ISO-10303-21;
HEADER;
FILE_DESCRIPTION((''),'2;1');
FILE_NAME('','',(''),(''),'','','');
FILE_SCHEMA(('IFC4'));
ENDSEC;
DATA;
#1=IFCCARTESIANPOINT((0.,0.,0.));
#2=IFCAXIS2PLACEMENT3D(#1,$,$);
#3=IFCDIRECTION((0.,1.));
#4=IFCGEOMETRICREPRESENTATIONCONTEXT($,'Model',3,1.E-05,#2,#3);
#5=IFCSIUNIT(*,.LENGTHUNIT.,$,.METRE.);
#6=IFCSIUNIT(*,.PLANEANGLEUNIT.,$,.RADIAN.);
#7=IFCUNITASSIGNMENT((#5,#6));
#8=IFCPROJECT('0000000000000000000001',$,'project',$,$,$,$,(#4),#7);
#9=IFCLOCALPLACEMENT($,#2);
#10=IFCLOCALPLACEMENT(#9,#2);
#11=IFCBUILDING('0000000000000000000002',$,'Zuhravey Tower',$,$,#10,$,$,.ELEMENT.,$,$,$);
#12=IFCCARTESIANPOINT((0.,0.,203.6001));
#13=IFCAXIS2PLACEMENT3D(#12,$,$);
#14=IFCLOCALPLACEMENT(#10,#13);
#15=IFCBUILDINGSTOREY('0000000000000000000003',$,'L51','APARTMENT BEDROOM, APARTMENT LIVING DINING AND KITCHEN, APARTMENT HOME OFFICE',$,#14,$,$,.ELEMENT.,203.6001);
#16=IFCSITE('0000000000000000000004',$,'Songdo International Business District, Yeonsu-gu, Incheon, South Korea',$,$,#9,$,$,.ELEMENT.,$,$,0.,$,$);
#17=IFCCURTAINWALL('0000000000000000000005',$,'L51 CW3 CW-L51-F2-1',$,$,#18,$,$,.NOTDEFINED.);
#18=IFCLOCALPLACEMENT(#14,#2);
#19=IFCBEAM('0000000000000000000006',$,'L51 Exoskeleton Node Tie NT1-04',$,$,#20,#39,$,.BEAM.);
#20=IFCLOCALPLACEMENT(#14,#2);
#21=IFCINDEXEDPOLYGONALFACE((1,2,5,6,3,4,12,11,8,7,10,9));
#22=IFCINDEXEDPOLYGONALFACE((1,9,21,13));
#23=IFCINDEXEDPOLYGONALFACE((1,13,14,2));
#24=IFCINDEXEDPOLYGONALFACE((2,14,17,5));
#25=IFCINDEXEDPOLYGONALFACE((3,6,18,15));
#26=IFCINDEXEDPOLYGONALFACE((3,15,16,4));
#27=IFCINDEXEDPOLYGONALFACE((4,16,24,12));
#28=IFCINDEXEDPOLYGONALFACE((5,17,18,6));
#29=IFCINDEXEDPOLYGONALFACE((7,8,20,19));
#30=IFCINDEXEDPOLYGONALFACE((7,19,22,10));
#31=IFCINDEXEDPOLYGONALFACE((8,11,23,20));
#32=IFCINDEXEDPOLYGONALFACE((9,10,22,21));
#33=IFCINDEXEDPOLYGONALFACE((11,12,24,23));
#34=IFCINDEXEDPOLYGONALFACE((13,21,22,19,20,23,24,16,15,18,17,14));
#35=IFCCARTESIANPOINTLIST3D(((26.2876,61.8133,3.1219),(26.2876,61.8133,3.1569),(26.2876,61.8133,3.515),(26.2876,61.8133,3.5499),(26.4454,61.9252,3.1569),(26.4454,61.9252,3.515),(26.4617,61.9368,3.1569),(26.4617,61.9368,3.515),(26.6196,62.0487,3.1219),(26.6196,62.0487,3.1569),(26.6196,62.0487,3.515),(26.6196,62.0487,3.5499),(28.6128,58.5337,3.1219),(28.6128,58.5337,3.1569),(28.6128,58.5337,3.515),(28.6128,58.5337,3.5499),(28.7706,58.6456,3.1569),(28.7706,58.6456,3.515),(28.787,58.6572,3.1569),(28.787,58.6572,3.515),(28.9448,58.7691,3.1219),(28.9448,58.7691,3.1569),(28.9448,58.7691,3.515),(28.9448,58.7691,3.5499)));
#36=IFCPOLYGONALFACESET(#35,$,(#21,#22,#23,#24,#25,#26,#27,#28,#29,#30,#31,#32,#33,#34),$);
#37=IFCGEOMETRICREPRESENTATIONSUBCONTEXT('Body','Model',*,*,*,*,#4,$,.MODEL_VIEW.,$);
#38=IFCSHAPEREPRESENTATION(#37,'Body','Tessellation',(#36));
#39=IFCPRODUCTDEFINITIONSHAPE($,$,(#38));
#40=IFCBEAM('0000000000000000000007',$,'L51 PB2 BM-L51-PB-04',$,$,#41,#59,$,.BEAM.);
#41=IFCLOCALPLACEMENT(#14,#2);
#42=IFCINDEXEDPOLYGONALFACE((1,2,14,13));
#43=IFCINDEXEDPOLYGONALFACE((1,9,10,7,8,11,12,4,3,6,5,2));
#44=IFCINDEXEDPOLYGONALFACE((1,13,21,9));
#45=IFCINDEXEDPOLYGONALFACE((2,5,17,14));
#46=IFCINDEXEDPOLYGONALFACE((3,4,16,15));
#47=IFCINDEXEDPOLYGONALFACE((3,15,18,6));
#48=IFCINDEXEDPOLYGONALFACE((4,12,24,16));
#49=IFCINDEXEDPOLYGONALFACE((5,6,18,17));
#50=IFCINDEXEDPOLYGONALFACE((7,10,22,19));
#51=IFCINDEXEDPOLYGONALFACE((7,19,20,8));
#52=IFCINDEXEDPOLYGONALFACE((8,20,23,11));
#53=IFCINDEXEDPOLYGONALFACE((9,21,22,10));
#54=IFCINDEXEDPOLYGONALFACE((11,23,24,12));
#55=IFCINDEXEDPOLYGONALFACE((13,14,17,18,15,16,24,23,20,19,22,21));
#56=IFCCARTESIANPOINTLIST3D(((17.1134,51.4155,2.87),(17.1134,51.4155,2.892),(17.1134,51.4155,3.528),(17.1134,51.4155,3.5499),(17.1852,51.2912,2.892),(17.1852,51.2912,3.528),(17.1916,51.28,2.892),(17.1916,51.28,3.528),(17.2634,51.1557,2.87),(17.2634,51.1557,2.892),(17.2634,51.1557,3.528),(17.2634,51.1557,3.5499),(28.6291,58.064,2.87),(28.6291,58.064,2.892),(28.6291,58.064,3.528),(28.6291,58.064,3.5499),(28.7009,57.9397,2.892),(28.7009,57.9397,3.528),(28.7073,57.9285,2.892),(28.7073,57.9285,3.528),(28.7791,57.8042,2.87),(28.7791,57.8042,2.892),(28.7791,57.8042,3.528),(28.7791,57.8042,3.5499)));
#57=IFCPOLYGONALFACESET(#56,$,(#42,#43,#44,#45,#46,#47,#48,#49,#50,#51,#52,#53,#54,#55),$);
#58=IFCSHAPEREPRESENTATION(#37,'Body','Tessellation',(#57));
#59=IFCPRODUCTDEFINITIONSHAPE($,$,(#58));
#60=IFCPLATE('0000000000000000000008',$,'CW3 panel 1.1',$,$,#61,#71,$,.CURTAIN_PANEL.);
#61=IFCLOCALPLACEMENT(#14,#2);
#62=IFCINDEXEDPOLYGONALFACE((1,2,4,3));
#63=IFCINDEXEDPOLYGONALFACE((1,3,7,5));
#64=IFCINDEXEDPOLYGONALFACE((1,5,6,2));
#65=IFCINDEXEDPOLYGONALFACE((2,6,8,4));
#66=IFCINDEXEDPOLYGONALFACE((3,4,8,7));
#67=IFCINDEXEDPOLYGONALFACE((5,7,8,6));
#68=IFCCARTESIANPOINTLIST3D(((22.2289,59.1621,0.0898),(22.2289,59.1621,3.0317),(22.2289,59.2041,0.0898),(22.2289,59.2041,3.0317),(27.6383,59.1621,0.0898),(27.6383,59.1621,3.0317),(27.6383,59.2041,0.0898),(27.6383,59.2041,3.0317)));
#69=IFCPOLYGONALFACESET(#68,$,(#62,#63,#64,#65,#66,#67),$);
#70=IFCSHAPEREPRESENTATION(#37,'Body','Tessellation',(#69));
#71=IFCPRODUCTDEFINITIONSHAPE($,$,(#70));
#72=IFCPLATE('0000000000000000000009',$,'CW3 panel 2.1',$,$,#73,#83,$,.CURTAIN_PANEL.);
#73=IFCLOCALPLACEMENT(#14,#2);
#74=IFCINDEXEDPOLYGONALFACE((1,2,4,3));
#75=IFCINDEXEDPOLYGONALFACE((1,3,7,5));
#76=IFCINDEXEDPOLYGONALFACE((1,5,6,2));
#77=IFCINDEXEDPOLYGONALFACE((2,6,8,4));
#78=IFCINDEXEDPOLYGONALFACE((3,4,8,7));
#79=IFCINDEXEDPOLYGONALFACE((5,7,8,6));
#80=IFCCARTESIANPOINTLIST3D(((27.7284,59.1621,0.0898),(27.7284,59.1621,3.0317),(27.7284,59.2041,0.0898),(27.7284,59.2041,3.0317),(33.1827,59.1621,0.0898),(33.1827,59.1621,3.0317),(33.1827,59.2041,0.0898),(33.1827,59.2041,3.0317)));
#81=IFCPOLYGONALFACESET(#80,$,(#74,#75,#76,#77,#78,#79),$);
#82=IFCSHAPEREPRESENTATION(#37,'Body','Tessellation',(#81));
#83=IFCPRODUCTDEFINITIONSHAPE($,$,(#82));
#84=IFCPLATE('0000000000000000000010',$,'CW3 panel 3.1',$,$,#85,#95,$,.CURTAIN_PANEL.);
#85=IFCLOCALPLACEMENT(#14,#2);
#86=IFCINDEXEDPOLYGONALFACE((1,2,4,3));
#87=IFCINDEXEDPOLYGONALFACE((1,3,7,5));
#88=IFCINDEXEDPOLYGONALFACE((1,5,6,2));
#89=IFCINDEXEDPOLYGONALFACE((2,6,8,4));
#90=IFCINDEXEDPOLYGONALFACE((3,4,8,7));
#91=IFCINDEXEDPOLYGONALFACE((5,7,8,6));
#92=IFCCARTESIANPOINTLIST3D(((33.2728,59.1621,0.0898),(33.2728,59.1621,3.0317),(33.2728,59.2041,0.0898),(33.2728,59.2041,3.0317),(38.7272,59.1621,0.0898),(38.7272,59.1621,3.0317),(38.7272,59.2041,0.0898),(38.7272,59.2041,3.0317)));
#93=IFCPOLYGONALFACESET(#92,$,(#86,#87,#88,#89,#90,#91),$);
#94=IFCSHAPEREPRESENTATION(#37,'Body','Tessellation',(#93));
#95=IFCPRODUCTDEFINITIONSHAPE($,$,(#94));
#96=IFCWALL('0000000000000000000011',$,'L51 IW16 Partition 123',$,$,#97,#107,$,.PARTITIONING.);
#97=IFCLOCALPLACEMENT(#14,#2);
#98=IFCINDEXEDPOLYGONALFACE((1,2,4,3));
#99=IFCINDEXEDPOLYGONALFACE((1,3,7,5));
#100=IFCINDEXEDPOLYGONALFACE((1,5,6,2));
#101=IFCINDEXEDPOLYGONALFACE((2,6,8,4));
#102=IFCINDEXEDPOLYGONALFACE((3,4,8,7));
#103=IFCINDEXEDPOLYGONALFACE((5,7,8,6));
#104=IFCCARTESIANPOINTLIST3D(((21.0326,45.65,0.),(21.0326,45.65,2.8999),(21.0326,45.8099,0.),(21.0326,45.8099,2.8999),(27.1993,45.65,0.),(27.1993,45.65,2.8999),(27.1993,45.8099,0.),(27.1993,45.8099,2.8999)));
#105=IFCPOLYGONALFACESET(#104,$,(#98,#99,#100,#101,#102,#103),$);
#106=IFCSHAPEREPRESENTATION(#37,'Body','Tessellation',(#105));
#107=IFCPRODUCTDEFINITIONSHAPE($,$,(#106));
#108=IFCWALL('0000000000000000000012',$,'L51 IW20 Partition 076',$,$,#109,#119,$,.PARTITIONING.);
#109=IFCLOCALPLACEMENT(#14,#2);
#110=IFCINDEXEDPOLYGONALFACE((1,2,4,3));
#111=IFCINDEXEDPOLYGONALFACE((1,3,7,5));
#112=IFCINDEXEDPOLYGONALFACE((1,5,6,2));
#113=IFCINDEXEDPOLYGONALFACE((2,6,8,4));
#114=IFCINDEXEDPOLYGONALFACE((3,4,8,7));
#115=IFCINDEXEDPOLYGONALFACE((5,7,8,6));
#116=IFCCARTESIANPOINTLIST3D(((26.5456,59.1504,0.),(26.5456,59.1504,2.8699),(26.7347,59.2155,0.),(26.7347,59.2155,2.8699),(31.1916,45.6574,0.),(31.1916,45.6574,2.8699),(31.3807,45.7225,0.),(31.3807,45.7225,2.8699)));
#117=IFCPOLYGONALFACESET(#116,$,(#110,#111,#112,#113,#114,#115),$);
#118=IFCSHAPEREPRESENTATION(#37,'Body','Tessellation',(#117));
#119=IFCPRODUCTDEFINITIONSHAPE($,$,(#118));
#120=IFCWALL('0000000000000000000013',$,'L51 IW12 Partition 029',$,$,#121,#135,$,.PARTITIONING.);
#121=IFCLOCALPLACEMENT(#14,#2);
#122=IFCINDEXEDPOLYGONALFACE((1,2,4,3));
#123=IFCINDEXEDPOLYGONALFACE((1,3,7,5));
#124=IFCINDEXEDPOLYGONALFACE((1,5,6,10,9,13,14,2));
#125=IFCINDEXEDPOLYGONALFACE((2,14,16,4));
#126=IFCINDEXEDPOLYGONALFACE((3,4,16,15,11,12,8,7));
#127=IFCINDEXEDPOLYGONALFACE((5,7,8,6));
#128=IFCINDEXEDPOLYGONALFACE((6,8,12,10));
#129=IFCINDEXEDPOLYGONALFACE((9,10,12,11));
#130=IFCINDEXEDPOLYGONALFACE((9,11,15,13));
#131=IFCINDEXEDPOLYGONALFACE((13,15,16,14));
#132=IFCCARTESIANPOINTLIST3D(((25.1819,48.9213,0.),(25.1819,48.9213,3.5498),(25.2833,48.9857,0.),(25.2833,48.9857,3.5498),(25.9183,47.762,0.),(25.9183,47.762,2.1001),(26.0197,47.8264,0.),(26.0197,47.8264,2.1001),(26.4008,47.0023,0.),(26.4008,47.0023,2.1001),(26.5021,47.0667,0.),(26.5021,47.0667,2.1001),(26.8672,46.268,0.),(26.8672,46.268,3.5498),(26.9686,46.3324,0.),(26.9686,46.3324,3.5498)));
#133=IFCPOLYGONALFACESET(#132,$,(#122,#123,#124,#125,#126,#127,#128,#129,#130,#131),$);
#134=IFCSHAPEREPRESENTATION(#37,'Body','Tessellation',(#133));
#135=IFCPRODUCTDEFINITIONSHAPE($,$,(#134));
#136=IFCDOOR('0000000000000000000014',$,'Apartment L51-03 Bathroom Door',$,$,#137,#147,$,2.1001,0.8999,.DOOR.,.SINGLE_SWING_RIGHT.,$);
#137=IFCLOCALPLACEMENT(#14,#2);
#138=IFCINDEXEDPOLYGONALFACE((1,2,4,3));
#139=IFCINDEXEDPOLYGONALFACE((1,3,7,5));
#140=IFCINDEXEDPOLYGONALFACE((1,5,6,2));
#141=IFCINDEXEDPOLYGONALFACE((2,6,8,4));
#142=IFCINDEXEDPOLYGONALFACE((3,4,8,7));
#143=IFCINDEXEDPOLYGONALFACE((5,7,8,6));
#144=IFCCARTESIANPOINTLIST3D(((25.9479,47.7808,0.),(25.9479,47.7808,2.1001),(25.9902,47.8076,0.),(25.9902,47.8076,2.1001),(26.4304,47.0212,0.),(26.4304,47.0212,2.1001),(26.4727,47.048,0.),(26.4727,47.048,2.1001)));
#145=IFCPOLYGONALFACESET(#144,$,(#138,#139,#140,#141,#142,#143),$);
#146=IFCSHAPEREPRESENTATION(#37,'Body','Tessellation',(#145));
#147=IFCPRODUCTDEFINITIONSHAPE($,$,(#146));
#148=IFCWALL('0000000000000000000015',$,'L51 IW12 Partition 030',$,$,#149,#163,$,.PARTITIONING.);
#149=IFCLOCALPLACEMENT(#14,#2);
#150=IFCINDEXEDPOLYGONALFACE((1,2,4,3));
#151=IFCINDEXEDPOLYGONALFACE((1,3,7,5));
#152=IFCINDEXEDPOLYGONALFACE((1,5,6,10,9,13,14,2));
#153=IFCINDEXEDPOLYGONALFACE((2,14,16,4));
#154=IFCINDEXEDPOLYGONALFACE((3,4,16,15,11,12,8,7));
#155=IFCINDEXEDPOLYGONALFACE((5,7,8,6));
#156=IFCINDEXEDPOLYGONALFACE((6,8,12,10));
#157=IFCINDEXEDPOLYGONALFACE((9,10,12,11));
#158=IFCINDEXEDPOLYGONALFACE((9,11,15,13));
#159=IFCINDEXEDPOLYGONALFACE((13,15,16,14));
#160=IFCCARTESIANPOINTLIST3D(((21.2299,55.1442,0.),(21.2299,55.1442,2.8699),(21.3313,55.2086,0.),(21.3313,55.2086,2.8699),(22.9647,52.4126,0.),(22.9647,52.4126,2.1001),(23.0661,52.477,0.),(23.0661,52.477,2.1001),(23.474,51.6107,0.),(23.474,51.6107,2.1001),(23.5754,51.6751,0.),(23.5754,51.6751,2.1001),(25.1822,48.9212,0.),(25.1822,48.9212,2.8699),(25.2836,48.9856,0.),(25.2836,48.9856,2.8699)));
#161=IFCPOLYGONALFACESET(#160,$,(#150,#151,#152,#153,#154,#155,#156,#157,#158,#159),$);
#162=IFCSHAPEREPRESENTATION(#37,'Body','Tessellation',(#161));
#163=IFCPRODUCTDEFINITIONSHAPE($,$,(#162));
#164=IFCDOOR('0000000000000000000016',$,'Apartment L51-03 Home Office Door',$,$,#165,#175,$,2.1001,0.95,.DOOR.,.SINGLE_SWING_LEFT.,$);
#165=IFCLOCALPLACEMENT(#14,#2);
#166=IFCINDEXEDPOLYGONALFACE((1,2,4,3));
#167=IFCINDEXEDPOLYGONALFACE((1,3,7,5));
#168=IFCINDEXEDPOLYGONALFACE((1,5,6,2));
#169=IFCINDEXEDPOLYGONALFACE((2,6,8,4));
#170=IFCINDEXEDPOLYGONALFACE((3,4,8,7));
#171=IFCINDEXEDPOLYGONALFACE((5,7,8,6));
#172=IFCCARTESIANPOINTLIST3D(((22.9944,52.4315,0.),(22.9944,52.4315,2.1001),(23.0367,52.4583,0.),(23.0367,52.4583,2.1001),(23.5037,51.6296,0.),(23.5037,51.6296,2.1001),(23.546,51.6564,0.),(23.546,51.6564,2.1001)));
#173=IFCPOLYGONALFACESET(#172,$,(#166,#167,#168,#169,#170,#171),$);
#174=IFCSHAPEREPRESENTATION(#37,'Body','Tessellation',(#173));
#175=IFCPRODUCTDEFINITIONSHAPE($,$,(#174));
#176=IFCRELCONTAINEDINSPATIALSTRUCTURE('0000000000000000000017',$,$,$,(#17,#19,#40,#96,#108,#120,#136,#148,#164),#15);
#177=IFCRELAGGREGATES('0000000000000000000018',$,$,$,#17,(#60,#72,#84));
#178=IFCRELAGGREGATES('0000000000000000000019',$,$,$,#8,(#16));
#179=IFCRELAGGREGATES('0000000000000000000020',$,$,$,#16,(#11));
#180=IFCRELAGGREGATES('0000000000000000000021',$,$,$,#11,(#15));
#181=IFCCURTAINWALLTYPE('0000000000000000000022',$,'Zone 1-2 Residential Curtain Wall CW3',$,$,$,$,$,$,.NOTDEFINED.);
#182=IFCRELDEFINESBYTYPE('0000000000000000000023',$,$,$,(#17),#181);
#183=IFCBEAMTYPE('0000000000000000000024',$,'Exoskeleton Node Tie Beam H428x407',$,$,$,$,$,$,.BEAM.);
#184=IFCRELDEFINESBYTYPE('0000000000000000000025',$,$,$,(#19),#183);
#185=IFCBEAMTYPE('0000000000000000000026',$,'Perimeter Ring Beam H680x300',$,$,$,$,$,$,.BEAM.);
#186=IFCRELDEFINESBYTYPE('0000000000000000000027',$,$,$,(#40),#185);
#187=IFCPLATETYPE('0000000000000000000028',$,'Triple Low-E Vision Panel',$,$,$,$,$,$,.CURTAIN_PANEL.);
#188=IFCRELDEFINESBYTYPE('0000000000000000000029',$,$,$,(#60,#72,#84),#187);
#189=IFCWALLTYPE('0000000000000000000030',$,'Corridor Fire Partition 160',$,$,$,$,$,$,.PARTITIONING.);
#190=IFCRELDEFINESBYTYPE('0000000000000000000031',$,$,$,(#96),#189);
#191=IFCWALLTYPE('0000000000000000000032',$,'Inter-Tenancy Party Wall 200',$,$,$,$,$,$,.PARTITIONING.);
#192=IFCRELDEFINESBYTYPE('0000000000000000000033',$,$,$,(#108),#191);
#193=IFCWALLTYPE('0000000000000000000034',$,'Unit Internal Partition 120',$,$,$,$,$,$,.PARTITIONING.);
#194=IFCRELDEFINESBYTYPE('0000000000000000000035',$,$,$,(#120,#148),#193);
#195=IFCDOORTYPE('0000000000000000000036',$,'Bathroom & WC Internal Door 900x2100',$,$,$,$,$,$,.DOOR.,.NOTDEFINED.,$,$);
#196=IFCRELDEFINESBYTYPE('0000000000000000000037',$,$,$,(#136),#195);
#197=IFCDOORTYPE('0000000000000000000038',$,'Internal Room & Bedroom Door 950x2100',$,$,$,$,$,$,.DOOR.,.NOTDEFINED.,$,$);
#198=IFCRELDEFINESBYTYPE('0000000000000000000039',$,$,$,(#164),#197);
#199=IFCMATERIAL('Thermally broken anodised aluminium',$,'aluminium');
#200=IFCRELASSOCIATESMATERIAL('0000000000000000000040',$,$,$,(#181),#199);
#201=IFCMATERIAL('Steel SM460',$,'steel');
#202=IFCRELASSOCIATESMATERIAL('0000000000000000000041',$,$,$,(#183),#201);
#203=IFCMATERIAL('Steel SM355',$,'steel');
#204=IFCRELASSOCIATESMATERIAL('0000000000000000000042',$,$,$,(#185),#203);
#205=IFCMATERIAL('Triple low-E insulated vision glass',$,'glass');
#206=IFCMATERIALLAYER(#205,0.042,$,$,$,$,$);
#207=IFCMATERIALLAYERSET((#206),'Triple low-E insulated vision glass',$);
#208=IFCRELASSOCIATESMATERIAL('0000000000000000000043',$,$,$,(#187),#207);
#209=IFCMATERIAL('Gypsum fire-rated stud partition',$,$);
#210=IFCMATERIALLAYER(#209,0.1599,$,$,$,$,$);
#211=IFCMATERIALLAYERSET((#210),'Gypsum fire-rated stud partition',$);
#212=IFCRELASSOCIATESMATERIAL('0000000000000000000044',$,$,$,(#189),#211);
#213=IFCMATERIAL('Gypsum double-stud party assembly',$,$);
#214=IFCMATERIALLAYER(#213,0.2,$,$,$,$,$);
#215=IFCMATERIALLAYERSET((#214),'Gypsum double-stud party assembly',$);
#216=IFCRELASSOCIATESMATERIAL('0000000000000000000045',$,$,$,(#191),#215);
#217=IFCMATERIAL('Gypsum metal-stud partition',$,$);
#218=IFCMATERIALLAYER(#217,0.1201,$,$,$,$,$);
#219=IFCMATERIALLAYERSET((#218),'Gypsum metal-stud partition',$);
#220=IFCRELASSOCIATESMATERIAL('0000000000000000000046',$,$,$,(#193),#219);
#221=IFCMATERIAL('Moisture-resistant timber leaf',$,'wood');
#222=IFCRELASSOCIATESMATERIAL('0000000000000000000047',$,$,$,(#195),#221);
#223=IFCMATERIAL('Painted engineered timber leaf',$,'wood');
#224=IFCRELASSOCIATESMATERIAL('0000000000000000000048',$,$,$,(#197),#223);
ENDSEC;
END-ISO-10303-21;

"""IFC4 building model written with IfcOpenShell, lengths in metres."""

from ifc_helpers import new_model, si_unit, direction, frame, frame_2d, origin, origin_2d, place, context, subcontext, project, spatial, rectangle, i_section, extrude, material, layer, layer_set, material_profile, profile_set, type_object, element, fill, aggregate, save


model = new_model("IFC4")

# Units and contexts
model_context = context("Model", 3, precision=1e-05, world=origin(), true_north=direction((0.0, 1.0)))
body_context = subcontext(model_context, "Body", "Model", "MODEL_VIEW")
ifc_project = project(units=[si_unit("LENGTHUNIT", "METRE"), si_unit("PLANEANGLEUNIT", "RADIAN")], contexts=[model_context])

# Site, building, storey
site_placement = place(None, origin())
site = spatial("IfcSite", under=ifc_project, at=site_placement, Name="Songdo International Business District, Yeonsu-gu, Incheon, South Korea", CompositionType="ELEMENT", RefElevation=0.0)
building_placement = place(site_placement, origin())
building = spatial("IfcBuilding", under=site, at=building_placement, Name="Zuhravey Tower", CompositionType="ELEMENT")
storey_placement = place(building_placement, frame((0.0, 0.0, 203.6001)))
storey = spatial("IfcBuildingStorey", under=building, at=storey_placement, Name="L51", Description="APARTMENT BEDROOM, APARTMENT LIVING DINING AND KITCHEN, APARTMENT HOME OFFICE", CompositionType="ELEMENT", Elevation=203.6001)

# Curtain wall
ifc_material_1 = material(Name="Thermally broken anodised aluminium", Category="aluminium")
curtain_wall_type = type_object("IfcCurtainWallType", Name="Zone 1-2 Residential Curtain Wall CW3", PredefinedType="NOTDEFINED", material=ifc_material_1)
curtain_wall_placement = place(storey_placement, origin())
curtain_wall = element("IfcCurtainWall", 1, at=curtain_wall_placement, inside=storey, type_object=curtain_wall_type, Name="L51 CW3 CW-L51-F2-1", PredefinedType="NOTDEFINED")

# Beams
ifc_material_2 = material(Name="Steel SM460", Category="steel")
ifc_material_profile_1 = material_profile(ifc_material_2, i_section(OverallWidth=0.407, OverallDepth=0.428, WebThickness=0.02, FlangeThickness=0.0349, at=origin_2d()), Name="H-428x407x20x35")
ifc_profile_set_1 = profile_set([ifc_material_profile_1], Name="Steel SM460")
beam_type_1 = type_object("IfcBeamType", Name="Exoskeleton Node Tie Beam H428x407", PredefinedType="BEAM", material=ifc_profile_set_1)
beam_1_placement = place(storey_placement, frame((28.7788, 58.6514, 3.3359), z_axis=(-0.57838, 0.815768, 0.0), x_axis=(-0.815768, -0.57838, 0.0)))
element("IfcBeam", 2, at=beam_1_placement, inside=storey, type_object=beam_type_1, Name="L51 Exoskeleton Node Tie NT1-04", PredefinedType="BEAM", context=body_context, shape_type="SweptSolid", body=[
    extrude(i_section(OverallWidth=0.407, OverallDepth=0.428, WebThickness=0.02, FlangeThickness=0.0349, at=origin_2d()), origin(), (0.0, 0.0, 1.0), 4.0203),
])
ifc_material_3 = material(Name="Steel SM355", Category="steel")
ifc_material_profile_2 = material_profile(ifc_material_3, i_section(OverallWidth=0.3, OverallDepth=0.6799, WebThickness=0.0129, FlangeThickness=0.022, at=origin_2d()), Name="H-680x300x13x22")
ifc_profile_set_2 = profile_set([ifc_material_profile_2], Name="Steel SM355")
beam_type_2 = type_object("IfcBeamType", Name="Perimeter Ring Beam H680x300", PredefinedType="BEAM", material=ifc_profile_set_2)
beam_2_placement = place(storey_placement, frame((28.7041, 57.9341, 3.21), z_axis=(-0.866029, -0.499994, 0.0), x_axis=(0.499994, -0.866029, 0.0)))
element("IfcBeam", 3, at=beam_2_placement, inside=storey, type_object=beam_type_2, Name="L51 PB2 BM-L51-PB-04", PredefinedType="BEAM", context=body_context, shape_type="SweptSolid", body=[
    extrude(i_section(OverallWidth=0.3, OverallDepth=0.6799, WebThickness=0.0129, FlangeThickness=0.022, at=origin_2d()), origin(), (0.0, 0.0, 1.0), 13.2971),
])

# Plates
ifc_material_4 = material(Name="Triple low-E insulated vision glass", Category="glass")
ifc_layer_1 = layer(ifc_material_4, 0.042)
ifc_layer_set_1 = layer_set([ifc_layer_1], Name="Triple low-E insulated vision glass")
plate_type = type_object("IfcPlateType", Name="Triple Low-E Vision Panel", PredefinedType="CURTAIN_PANEL", material=ifc_layer_set_1)
plate_1_placement = place(storey_placement, frame((24.9336, 59.1831, 0.0898), z_axis=(0.0, 0.0, 1.0), x_axis=(1.0, 0.0, 0.0)))
plate_1 = element("IfcPlate", 4, at=plate_1_placement, type_object=plate_type, Name="CW3 panel 1.1", PredefinedType="CURTAIN_PANEL", context=body_context, shape_type="SweptSolid", body=[
    extrude(rectangle(XDim=5.4094, YDim=0.042, at=origin_2d()), origin(), (0.0, 0.0, 1.0), 2.9419),
])
plate_2_placement = place(storey_placement, frame((30.4556, 59.1831, 0.0898), z_axis=(0.0, 0.0, 1.0), x_axis=(1.0, 0.0, 0.0)))
plate_2 = element("IfcPlate", 5, at=plate_2_placement, type_object=plate_type, Name="CW3 panel 2.1", PredefinedType="CURTAIN_PANEL", context=body_context, shape_type="SweptSolid", body=[
    extrude(rectangle(XDim=5.4543, YDim=0.042, at=origin_2d()), origin(), (0.0, 0.0, 1.0), 2.9419),
])
plate_3_placement = place(storey_placement, frame((36.0, 59.1831, 0.0898), z_axis=(0.0, 0.0, 1.0), x_axis=(1.0, 0.0, 0.0)))
plate_3 = element("IfcPlate", 6, at=plate_3_placement, type_object=plate_type, Name="CW3 panel 3.1", PredefinedType="CURTAIN_PANEL", context=body_context, shape_type="SweptSolid", body=[
    extrude(rectangle(XDim=5.4543, YDim=0.042, at=origin_2d()), origin(), (0.0, 0.0, 1.0), 2.9419),
])
aggregate(curtain_wall, [plate_1, plate_2, plate_3])

# Shared definitions
ifc_material_5 = material(Name="Gypsum fire-rated stud partition")
ifc_layer_2 = layer(ifc_material_5, 0.1599)
ifc_layer_set_2 = layer_set([ifc_layer_2], Name="Gypsum fire-rated stud partition")
wall_type_1 = type_object("IfcWallType", Name="Corridor Fire Partition 160", PredefinedType="PARTITIONING", material=ifc_layer_set_2)

# Walls
wall_1_placement = place(storey_placement, frame((27.1995, 45.73, 0.0), z_axis=(0.0, 0.0, 1.0), x_axis=(-1.0, 0.0, 0.0)))
element("IfcWall", 7, at=wall_1_placement, inside=storey, type_object=wall_type_1, Name="L51 IW16 Partition 123", PredefinedType="PARTITIONING", context=body_context, shape_type="SweptSolid", body=[
    extrude(rectangle(XDim=6.1667, YDim=0.1599, at=frame_2d((3.0835, 0.0))), origin(), (0.0, 0.0, 1.0), 2.8999),
])
ifc_material_6 = material(Name="Gypsum double-stud party assembly")
ifc_layer_3 = layer(ifc_material_6, 0.2)
ifc_layer_set_3 = layer_set([ifc_layer_3], Name="Gypsum double-stud party assembly")
wall_type_2 = type_object("IfcWallType", Name="Inter-Tenancy Party Wall 200", PredefinedType="PARTITIONING", material=ifc_layer_set_3)
wall_2_placement = place(storey_placement, frame((31.2861, 45.6899, 0.0), z_axis=(0.0, 0.0, 1.0), x_axis=(-0.325564, 0.94552, 0.0)))
element("IfcWall", 8, at=wall_2_placement, inside=storey, type_object=wall_type_2, Name="L51 IW20 Partition 076", PredefinedType="PARTITIONING", context=body_context, shape_type="SweptSolid", body=[
    extrude(rectangle(XDim=14.2705, YDim=0.2, at=frame_2d((7.1353, 0.0))), origin(), (0.0, 0.0, 1.0), 2.8699),
])

# Walls, openings, doors
ifc_material_7 = material(Name="Gypsum metal-stud partition")
ifc_layer_4 = layer(ifc_material_7, 0.1201)
ifc_layer_set_4 = layer_set([ifc_layer_4], Name="Gypsum metal-stud partition")
wall_type_3 = type_object("IfcWallType", Name="Unit Internal Partition 120", PredefinedType="PARTITIONING", material=ifc_layer_set_4)
wall_3_placement = place(storey_placement, frame((26.918, 46.3, 0.0), z_axis=(0.0, 0.0, 1.0), x_axis=(-0.536157, 0.844119, 0.0)))
wall_3 = element("IfcWall", 9, at=wall_3_placement, inside=storey, type_object=wall_type_3, Name="L51 IW12 Partition 029", PredefinedType="PARTITIONING", context=body_context, shape_type="SweptSolid", body=[
    extrude(rectangle(XDim=3.1433, YDim=0.1201, at=frame_2d((1.5718, 0.0))), origin(), (0.0, 0.0, 1.0), 3.5498),
])
opening_1_placement = place(wall_3_placement, frame((0.8701, 0.0, 0.0)))
opening_1 = element("IfcOpeningElement", 10, at=opening_1_placement, cuts=wall_3, PredefinedType="OPENING", context=body_context, shape_type="SweptSolid", body=[
    extrude(rectangle(XDim=0.8999, YDim=2.1001, at=frame_2d((0.45, 1.05))), frame((0.0, 0.072, 0.0), z_axis=(0.0, -1.0, 0.0), x_axis=(1.0, 0.0, 0.0)), (0.0, 0.0, 1.0), 0.144),
])
ifc_material_8 = material(Name="Moisture-resistant timber leaf", Category="wood")
door_type_1 = type_object("IfcDoorType", Name="Bathroom & WC Internal Door 900x2100", OperationType="NOTDEFINED", PredefinedType="DOOR", material=ifc_material_8)
door_1_placement = place(opening_1_placement, origin())
door_1 = element("IfcDoor", 11, at=door_1_placement, inside=storey, type_object=door_type_1, Name="Apartment L51-03 Bathroom Door", OperationType="SINGLE_SWING_RIGHT", OverallHeight=2.1001, OverallWidth=0.8999, PredefinedType="DOOR", context=body_context, shape_type="SweptSolid", body=[
    extrude(rectangle(XDim=0.8999, YDim=2.1001, at=frame_2d((0.45, 1.05))), frame((0.0, 0.0249, 0.0), z_axis=(0.0, -1.0, 0.0), x_axis=(1.0, 0.0, 0.0)), (0.0, 0.0, 1.0), 0.05),
])
fill(opening_1, door_1)
wall_4_placement = place(storey_placement, frame((25.2329, 48.9534, 0.0), z_axis=(0.0, 0.0, 1.0), x_axis=(-0.536123, 0.84414, 0.0)))
wall_4 = element("IfcWall", 12, at=wall_4_placement, inside=storey, type_object=wall_type_3, Name="L51 IW12 Partition 030", PredefinedType="PARTITIONING", context=body_context, shape_type="SweptSolid", body=[
    extrude(rectangle(XDim=7.3721, YDim=0.1201, at=frame_2d((3.686, 0.0))), origin(), (0.0, 0.0, 1.0), 2.8699),
])
opening_2_placement = place(wall_4_placement, frame((3.186, 0.0, 0.0)))
opening_2 = element("IfcOpeningElement", 13, at=opening_2_placement, cuts=wall_4, PredefinedType="OPENING", context=body_context, shape_type="SweptSolid", body=[
    extrude(rectangle(XDim=0.95, YDim=2.1001, at=frame_2d((0.4751, 1.05))), frame((0.0, 0.072, 0.0), z_axis=(0.0, -1.0, 0.0), x_axis=(1.0, 0.0, 0.0)), (0.0, 0.0, 1.0), 0.144),
])
ifc_material_9 = material(Name="Painted engineered timber leaf", Category="wood")
door_type_2 = type_object("IfcDoorType", Name="Internal Room & Bedroom Door 950x2100", OperationType="NOTDEFINED", PredefinedType="DOOR", material=ifc_material_9)
door_2_placement = place(opening_2_placement, origin())
door_2 = element("IfcDoor", 14, at=door_2_placement, inside=storey, type_object=door_type_2, Name="Apartment L51-03 Home Office Door", OperationType="SINGLE_SWING_LEFT", OverallHeight=2.1001, OverallWidth=0.95, PredefinedType="DOOR", context=body_context, shape_type="SweptSolid", body=[
    extrude(rectangle(XDim=0.95, YDim=2.1001, at=frame_2d((0.4751, 1.05))), frame((0.0, 0.0249, 0.0), z_axis=(0.0, -1.0, 0.0), x_axis=(1.0, 0.0, 0.0)), (0.0, 0.0, 1.0), 0.05),
])
fill(opening_2, door_2)

save(model, "model.ifc")
